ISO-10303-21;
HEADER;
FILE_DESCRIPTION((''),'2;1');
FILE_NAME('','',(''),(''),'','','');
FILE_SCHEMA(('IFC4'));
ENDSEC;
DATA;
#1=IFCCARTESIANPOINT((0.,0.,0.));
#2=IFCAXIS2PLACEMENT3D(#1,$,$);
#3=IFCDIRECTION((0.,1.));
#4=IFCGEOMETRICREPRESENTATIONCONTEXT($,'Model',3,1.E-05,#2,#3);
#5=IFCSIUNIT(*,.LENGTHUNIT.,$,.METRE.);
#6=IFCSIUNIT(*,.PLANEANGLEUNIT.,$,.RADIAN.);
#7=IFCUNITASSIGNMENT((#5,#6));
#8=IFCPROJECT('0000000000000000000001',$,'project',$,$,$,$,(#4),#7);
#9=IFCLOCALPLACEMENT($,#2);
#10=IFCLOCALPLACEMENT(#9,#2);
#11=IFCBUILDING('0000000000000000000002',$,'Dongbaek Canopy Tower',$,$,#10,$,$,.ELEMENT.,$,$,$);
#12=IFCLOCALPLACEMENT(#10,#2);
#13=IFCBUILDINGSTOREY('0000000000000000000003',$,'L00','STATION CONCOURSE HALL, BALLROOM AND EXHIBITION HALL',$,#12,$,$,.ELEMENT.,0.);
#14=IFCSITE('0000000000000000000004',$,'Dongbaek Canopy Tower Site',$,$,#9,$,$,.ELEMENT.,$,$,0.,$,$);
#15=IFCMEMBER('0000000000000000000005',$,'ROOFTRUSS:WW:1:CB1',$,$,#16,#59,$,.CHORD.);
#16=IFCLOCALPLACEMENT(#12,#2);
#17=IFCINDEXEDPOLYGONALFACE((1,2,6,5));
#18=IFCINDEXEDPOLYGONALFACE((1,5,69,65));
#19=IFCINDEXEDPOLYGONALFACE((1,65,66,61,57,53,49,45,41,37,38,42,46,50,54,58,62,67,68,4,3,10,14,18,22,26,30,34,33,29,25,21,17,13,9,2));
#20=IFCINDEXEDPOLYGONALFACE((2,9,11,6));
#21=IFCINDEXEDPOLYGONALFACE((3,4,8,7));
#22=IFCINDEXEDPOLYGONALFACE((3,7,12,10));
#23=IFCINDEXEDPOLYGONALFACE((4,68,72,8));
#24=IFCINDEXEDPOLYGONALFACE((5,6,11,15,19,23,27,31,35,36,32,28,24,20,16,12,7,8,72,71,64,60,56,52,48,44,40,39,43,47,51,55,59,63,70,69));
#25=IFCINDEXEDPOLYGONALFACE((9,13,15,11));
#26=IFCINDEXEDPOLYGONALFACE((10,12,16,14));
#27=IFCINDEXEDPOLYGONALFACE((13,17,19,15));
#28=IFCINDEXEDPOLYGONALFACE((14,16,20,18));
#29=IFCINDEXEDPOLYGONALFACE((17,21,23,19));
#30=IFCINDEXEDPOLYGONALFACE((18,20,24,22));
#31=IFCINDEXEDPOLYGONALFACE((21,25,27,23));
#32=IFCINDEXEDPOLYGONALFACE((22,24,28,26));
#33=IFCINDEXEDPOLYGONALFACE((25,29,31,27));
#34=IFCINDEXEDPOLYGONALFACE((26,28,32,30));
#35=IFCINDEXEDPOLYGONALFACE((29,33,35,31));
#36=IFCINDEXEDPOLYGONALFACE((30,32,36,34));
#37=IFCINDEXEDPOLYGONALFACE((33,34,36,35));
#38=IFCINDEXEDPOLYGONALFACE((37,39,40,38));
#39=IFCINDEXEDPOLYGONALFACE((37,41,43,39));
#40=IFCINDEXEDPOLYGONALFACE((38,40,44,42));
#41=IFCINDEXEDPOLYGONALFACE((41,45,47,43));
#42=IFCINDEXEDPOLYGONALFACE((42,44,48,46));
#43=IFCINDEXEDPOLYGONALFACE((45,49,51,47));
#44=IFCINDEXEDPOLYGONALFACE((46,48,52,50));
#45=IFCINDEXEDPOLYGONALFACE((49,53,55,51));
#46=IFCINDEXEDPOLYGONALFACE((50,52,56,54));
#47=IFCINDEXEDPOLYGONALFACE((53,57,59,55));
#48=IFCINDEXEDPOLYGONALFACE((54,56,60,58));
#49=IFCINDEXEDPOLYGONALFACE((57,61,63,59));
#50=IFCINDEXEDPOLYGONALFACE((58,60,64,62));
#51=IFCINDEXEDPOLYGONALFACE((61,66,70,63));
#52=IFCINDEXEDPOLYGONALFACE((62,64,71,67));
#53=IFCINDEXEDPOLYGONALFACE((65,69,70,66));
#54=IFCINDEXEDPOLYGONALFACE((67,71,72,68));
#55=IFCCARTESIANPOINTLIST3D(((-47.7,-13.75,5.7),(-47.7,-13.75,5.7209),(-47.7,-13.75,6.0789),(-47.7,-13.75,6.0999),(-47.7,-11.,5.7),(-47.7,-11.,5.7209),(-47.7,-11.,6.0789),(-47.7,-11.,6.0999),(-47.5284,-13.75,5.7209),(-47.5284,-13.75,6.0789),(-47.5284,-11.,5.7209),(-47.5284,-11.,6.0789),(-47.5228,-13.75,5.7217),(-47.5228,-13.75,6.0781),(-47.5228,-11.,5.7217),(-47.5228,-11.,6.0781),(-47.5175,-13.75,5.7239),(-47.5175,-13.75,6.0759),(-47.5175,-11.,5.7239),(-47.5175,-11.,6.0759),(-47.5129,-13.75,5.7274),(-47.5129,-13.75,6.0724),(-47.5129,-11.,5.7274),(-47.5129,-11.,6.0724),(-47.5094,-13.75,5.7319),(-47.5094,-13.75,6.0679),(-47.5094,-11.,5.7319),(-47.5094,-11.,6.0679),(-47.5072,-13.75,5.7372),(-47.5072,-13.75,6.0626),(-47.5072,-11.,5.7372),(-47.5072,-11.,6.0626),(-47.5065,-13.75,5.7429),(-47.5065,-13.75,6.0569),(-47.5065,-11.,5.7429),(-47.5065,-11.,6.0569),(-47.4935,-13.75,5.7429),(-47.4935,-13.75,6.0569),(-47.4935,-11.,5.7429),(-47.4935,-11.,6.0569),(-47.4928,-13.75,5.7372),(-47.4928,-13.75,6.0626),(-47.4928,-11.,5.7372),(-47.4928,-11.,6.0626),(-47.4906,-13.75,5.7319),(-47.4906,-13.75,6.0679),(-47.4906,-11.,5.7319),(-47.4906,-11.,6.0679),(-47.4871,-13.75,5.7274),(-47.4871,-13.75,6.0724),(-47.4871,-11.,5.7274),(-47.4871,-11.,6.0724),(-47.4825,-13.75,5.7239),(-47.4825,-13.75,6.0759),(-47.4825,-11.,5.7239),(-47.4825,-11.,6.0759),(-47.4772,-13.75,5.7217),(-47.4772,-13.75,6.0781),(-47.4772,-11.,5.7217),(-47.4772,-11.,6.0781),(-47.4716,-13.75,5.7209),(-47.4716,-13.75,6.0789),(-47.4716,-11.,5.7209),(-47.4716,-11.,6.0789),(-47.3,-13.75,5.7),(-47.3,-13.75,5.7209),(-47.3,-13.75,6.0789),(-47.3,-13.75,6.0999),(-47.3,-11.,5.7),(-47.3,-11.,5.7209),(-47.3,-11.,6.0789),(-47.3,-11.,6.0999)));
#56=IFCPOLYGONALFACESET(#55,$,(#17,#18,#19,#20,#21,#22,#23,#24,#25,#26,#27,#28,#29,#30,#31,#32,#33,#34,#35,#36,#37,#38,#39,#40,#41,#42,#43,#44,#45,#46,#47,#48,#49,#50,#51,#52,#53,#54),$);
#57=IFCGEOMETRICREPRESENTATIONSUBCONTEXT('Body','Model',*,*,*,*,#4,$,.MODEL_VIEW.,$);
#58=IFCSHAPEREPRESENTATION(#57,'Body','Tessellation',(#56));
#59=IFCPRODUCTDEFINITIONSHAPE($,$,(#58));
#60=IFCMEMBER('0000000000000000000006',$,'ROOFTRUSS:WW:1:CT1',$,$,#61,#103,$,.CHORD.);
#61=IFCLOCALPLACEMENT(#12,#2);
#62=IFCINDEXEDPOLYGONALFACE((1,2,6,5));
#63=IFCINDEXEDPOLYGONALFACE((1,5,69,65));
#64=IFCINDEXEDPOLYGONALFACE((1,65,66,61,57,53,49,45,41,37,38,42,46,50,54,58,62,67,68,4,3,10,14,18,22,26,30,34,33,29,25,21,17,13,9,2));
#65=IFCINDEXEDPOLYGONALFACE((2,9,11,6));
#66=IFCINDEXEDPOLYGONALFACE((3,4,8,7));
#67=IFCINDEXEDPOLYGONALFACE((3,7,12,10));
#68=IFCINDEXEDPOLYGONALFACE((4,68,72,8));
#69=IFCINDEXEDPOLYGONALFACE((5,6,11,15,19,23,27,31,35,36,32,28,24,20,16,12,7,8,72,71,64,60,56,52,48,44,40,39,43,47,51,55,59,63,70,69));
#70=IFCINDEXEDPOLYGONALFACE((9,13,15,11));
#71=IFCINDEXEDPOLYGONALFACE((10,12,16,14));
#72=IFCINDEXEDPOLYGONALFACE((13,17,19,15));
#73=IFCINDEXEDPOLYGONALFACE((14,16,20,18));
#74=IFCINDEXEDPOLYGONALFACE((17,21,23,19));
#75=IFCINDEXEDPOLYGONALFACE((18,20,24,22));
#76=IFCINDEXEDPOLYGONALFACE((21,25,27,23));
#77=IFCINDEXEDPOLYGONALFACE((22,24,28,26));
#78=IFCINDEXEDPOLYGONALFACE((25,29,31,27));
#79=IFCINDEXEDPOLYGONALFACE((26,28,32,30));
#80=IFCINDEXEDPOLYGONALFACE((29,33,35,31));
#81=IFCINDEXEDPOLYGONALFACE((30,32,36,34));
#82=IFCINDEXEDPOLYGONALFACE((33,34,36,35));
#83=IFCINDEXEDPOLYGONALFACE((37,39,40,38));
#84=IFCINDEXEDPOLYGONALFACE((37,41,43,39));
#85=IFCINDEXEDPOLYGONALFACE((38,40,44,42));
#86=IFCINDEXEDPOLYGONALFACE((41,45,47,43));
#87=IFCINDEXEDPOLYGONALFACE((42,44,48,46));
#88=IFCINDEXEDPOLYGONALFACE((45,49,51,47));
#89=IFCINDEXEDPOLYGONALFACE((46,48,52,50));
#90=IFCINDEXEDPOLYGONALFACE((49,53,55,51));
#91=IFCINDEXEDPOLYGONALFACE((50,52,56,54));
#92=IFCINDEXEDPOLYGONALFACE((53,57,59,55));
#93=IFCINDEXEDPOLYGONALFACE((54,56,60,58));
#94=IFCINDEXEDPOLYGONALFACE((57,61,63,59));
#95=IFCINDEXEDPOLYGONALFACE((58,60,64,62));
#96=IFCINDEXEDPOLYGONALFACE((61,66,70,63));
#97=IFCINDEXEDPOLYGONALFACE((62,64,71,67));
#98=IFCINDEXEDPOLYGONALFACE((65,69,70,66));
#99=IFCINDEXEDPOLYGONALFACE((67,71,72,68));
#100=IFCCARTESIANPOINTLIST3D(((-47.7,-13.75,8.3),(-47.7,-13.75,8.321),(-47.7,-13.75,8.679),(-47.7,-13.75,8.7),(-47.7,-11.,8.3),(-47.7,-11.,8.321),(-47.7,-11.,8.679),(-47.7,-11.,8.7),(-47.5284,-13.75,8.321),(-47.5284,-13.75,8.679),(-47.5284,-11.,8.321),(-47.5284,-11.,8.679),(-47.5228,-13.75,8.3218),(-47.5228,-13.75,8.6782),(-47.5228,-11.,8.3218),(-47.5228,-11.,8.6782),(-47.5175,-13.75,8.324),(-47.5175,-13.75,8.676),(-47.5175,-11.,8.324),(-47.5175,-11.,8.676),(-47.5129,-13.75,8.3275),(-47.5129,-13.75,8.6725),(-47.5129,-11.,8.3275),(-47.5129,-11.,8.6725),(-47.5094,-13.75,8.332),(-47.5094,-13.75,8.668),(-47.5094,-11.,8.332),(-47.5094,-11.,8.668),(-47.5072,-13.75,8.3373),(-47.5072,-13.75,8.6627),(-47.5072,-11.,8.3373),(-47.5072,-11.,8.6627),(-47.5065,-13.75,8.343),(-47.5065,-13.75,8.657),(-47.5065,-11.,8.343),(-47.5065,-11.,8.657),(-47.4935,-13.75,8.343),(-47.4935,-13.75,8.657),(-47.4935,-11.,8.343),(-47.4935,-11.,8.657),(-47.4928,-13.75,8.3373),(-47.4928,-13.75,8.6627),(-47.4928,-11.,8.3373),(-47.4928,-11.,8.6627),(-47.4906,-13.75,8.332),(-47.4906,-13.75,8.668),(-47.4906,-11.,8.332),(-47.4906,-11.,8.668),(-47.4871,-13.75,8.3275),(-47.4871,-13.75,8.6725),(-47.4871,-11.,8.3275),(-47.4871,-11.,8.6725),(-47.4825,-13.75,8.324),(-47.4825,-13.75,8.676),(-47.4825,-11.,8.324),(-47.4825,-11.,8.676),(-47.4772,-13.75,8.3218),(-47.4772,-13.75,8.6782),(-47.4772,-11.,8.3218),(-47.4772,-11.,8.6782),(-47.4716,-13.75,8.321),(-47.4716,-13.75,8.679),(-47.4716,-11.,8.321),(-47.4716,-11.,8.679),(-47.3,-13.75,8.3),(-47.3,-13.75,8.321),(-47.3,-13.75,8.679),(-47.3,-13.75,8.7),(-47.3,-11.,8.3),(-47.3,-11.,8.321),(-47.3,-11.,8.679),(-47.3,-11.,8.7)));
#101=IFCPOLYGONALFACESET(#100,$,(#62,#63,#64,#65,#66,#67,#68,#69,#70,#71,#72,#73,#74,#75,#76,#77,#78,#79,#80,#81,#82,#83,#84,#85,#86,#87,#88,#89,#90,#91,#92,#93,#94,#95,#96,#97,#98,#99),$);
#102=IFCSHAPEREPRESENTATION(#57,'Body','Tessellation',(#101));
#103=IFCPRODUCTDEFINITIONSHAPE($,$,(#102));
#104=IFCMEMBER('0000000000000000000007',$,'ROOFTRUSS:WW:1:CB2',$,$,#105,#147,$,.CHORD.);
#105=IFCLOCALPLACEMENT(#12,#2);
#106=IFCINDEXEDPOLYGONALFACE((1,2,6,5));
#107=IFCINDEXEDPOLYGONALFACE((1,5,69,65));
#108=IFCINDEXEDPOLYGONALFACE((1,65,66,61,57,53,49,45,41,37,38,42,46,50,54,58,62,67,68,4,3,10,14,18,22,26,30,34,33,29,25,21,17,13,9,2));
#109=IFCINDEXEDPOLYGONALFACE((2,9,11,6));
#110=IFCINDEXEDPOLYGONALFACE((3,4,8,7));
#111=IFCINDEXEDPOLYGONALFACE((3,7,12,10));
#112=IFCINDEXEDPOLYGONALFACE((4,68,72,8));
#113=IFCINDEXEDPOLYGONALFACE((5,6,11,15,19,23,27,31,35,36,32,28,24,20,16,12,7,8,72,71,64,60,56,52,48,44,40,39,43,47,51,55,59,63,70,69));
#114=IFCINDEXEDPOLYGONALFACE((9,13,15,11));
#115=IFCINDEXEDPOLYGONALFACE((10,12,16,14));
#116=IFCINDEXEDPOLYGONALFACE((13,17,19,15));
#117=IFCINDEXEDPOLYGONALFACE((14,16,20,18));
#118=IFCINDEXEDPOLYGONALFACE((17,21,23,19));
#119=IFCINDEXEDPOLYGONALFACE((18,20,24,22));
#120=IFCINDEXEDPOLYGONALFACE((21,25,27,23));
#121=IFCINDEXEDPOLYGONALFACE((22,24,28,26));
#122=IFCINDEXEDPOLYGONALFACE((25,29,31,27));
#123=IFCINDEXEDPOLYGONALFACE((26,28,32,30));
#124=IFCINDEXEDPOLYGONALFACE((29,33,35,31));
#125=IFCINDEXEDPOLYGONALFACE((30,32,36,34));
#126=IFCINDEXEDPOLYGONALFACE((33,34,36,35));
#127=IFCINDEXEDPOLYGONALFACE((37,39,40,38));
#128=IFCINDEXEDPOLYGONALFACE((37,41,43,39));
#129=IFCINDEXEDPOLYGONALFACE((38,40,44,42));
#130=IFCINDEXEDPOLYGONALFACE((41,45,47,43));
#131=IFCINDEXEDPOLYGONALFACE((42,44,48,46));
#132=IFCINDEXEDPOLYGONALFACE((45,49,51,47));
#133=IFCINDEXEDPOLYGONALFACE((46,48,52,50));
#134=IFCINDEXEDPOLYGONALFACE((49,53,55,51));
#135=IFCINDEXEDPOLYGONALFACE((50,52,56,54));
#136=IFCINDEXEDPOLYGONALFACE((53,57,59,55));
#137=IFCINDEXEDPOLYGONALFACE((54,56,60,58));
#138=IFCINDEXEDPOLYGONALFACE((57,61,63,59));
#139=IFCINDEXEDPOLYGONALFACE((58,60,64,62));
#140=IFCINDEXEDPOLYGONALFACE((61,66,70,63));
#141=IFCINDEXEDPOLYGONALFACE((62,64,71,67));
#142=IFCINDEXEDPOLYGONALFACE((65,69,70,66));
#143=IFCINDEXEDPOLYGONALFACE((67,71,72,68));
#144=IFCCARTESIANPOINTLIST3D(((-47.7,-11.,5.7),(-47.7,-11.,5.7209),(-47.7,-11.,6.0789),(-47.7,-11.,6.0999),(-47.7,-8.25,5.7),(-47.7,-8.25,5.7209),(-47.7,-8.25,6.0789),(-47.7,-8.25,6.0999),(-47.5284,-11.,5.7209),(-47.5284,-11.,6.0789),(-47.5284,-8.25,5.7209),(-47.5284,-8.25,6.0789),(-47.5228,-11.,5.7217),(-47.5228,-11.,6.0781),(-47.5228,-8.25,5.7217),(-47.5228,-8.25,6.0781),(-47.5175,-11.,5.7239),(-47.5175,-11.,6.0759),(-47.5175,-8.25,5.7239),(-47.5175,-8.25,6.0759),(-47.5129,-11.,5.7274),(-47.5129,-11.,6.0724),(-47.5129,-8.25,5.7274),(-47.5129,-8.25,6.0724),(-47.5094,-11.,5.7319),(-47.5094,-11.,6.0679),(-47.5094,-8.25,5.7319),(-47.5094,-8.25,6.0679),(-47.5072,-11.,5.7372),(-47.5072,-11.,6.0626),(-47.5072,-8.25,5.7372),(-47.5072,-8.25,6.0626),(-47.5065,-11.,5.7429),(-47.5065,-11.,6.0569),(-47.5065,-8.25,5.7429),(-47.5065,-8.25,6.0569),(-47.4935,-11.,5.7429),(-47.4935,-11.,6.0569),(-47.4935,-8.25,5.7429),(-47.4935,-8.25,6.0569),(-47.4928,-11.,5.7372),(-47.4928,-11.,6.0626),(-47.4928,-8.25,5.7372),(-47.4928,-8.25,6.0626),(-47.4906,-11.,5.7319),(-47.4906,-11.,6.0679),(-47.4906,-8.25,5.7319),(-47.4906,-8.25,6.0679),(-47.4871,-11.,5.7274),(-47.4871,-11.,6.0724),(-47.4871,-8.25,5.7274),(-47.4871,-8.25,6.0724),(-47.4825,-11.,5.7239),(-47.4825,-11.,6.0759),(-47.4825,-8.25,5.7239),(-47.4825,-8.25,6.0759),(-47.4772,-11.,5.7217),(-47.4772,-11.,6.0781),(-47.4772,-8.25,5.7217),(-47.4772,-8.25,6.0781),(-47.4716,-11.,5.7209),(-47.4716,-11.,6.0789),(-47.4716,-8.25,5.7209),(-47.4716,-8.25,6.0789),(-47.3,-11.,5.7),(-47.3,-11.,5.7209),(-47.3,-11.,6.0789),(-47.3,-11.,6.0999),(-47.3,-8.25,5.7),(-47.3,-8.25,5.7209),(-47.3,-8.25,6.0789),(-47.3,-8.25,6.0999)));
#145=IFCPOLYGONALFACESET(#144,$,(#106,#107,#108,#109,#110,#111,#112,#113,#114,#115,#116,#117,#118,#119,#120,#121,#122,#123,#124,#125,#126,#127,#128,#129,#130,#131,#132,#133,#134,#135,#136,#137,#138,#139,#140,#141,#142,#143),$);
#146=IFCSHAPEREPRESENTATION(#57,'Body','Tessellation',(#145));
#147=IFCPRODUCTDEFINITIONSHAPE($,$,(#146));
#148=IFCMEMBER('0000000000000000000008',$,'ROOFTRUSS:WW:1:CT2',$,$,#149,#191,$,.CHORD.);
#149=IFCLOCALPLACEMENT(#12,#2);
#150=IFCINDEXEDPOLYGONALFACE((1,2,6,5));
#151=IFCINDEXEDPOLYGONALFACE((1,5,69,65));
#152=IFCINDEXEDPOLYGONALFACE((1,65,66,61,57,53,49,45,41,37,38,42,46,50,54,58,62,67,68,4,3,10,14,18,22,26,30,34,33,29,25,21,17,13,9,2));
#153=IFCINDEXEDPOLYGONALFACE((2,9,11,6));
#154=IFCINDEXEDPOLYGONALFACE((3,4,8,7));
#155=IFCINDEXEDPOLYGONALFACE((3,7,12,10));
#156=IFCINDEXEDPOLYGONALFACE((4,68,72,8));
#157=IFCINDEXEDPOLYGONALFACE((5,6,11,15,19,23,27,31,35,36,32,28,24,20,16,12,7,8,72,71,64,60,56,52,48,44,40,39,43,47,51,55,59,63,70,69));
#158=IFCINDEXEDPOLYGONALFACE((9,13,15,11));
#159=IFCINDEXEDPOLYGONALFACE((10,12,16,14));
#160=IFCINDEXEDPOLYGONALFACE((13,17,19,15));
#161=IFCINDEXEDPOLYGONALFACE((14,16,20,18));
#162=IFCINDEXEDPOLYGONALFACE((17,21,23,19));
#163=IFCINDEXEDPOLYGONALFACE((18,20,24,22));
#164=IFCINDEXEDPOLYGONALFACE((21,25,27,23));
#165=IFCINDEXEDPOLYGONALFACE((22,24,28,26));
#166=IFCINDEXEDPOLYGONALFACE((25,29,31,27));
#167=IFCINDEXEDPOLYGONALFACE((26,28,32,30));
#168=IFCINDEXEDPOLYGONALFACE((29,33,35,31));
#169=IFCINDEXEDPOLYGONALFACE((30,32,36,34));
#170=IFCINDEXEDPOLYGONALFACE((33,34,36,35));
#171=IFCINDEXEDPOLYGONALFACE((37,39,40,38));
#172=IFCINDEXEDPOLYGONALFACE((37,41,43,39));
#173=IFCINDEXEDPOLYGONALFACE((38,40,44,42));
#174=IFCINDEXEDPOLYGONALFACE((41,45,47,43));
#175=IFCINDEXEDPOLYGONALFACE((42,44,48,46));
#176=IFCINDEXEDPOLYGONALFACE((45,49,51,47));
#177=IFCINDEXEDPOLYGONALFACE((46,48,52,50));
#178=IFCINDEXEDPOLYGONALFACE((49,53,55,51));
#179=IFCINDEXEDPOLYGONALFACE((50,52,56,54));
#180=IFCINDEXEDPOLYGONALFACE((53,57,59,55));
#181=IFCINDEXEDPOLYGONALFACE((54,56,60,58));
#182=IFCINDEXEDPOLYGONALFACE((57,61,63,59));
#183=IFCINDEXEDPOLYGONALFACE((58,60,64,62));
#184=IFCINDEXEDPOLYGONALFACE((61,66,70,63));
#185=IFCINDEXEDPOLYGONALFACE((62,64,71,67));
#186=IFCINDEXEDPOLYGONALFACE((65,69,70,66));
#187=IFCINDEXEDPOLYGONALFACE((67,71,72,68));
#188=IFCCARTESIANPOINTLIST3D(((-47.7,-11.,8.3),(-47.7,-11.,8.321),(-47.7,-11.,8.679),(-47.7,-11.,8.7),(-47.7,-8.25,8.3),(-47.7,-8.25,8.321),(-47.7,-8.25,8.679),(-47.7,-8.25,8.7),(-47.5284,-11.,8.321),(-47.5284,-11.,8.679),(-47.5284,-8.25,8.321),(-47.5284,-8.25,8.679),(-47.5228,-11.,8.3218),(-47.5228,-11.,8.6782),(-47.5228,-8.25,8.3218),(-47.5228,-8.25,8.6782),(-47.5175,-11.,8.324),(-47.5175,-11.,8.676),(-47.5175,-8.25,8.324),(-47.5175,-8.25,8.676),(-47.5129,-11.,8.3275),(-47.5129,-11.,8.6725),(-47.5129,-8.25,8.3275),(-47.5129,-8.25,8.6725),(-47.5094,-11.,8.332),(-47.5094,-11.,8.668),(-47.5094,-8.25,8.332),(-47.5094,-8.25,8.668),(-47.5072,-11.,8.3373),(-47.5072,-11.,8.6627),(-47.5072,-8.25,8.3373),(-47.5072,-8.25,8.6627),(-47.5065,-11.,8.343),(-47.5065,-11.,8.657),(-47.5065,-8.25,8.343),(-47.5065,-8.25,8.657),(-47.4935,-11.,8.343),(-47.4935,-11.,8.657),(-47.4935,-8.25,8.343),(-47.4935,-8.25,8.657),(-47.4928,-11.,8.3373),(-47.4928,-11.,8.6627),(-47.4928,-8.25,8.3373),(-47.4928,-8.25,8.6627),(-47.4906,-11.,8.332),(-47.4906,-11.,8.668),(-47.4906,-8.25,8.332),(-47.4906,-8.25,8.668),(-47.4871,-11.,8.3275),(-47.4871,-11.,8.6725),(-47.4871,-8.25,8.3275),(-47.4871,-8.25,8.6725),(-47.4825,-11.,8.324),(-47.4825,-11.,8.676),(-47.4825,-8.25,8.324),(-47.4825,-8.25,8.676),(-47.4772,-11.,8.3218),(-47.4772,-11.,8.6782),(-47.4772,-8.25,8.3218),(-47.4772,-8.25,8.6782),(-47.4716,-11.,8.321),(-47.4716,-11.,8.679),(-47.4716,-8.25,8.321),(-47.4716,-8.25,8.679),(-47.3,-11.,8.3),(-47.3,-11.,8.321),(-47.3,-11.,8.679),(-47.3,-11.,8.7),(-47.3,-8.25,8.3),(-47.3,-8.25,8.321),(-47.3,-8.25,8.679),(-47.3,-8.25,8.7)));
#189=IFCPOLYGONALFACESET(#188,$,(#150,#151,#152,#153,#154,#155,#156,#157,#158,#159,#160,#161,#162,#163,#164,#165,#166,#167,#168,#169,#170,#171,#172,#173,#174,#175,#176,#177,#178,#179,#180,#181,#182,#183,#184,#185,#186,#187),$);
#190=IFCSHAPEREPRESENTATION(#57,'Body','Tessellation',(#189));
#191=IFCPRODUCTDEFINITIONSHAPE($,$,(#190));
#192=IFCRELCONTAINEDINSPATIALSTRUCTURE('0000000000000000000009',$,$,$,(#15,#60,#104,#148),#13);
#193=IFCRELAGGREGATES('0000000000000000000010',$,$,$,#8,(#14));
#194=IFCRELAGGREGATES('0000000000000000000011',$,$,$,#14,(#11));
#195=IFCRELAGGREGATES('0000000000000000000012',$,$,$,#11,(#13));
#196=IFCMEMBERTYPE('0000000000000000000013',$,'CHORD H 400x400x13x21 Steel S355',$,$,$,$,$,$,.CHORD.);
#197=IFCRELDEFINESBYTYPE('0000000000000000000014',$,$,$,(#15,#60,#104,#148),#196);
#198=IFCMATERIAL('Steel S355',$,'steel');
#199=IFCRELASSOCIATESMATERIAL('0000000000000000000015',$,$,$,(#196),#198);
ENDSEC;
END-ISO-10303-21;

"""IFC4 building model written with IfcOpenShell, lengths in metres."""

from ifc_helpers import new_model, si_unit, direction, frame, origin, origin_2d, place, context, subcontext, project, spatial, i_section, extrude, material, material_profile, profile_set, type_object, element, save


model = new_model("IFC4")

# Units and contexts
model_context = context("Model", 3, precision=1e-05, world=origin(), true_north=direction((0.0, 1.0)))
body_context = subcontext(model_context, "Body", "Model", "MODEL_VIEW")
ifc_project = project(units=[si_unit("LENGTHUNIT", "METRE"), si_unit("PLANEANGLEUNIT", "RADIAN")], contexts=[model_context])

# Site, building, storey
site_placement = place(None, origin())
site = spatial("IfcSite", under=ifc_project, at=site_placement, Name="Dongbaek Canopy Tower Site", CompositionType="ELEMENT", RefElevation=0.0)
building_placement = place(site_placement, origin())
building = spatial("IfcBuilding", under=site, at=building_placement, Name="Dongbaek Canopy Tower", CompositionType="ELEMENT")
storey_placement = place(building_placement, origin())
storey = spatial("IfcBuildingStorey", under=building, at=storey_placement, Name="L00", Description="STATION CONCOURSE HALL, BALLROOM AND EXHIBITION HALL", CompositionType="ELEMENT", Elevation=0.0)

# Members
ifc_material_1 = material(Name="Steel S355", Category="steel")
ifc_material_profile_1 = material_profile(ifc_material_1, i_section(OverallWidth=0.3999, OverallDepth=0.3999, WebThickness=0.0129, FlangeThickness=0.021, FilletRadius=0.022, at=origin_2d()), Name="CHORD H 400x400x13x21 Steel S355")
ifc_profile_set_1 = profile_set([ifc_material_profile_1], Name="Steel S355")
member_type_1 = type_object("IfcMemberType", Name="CHORD H 400x400x13x21 Steel S355", PredefinedType="CHORD", material=ifc_profile_set_1)
for number, where, z_axis, x_axis, name in (
    (1, (-47.5, -13.75, 5.8999), (0.0, 1.0, 0.0), (-1.0, 0.0, 0.0), "ROOFTRUSS:WW:1:CB1"),
    (2, (-47.5, -13.75, 8.5), (0.0, 1.0, 0.0), (-1.0, 0.0, 0.0), "ROOFTRUSS:WW:1:CT1"),
    (3, (-47.5, -11.0, 5.8999), (0.0, 1.0, 0.0), (-1.0, 0.0, 0.0), "ROOFTRUSS:WW:1:CB2"),
    (4, (-47.5, -11.0, 8.5), (0.0, 1.0, 0.0), (-1.0, 0.0, 0.0), "ROOFTRUSS:WW:1:CT2"),
):
    element("IfcMember", number, at=place(storey_placement, frame(where, z_axis=z_axis, x_axis=x_axis)), inside=storey, type_object=member_type_1, Name=name, PredefinedType="CHORD", context=body_context, shape_type="SweptSolid", body=[
        extrude(i_section(OverallWidth=0.3999, OverallDepth=0.3999, WebThickness=0.0129, FlangeThickness=0.021, FilletRadius=0.022, at=origin_2d()), origin(), (0.0, 0.0, 1.0), 2.75),
    ])

save(model, "model.ifc")
